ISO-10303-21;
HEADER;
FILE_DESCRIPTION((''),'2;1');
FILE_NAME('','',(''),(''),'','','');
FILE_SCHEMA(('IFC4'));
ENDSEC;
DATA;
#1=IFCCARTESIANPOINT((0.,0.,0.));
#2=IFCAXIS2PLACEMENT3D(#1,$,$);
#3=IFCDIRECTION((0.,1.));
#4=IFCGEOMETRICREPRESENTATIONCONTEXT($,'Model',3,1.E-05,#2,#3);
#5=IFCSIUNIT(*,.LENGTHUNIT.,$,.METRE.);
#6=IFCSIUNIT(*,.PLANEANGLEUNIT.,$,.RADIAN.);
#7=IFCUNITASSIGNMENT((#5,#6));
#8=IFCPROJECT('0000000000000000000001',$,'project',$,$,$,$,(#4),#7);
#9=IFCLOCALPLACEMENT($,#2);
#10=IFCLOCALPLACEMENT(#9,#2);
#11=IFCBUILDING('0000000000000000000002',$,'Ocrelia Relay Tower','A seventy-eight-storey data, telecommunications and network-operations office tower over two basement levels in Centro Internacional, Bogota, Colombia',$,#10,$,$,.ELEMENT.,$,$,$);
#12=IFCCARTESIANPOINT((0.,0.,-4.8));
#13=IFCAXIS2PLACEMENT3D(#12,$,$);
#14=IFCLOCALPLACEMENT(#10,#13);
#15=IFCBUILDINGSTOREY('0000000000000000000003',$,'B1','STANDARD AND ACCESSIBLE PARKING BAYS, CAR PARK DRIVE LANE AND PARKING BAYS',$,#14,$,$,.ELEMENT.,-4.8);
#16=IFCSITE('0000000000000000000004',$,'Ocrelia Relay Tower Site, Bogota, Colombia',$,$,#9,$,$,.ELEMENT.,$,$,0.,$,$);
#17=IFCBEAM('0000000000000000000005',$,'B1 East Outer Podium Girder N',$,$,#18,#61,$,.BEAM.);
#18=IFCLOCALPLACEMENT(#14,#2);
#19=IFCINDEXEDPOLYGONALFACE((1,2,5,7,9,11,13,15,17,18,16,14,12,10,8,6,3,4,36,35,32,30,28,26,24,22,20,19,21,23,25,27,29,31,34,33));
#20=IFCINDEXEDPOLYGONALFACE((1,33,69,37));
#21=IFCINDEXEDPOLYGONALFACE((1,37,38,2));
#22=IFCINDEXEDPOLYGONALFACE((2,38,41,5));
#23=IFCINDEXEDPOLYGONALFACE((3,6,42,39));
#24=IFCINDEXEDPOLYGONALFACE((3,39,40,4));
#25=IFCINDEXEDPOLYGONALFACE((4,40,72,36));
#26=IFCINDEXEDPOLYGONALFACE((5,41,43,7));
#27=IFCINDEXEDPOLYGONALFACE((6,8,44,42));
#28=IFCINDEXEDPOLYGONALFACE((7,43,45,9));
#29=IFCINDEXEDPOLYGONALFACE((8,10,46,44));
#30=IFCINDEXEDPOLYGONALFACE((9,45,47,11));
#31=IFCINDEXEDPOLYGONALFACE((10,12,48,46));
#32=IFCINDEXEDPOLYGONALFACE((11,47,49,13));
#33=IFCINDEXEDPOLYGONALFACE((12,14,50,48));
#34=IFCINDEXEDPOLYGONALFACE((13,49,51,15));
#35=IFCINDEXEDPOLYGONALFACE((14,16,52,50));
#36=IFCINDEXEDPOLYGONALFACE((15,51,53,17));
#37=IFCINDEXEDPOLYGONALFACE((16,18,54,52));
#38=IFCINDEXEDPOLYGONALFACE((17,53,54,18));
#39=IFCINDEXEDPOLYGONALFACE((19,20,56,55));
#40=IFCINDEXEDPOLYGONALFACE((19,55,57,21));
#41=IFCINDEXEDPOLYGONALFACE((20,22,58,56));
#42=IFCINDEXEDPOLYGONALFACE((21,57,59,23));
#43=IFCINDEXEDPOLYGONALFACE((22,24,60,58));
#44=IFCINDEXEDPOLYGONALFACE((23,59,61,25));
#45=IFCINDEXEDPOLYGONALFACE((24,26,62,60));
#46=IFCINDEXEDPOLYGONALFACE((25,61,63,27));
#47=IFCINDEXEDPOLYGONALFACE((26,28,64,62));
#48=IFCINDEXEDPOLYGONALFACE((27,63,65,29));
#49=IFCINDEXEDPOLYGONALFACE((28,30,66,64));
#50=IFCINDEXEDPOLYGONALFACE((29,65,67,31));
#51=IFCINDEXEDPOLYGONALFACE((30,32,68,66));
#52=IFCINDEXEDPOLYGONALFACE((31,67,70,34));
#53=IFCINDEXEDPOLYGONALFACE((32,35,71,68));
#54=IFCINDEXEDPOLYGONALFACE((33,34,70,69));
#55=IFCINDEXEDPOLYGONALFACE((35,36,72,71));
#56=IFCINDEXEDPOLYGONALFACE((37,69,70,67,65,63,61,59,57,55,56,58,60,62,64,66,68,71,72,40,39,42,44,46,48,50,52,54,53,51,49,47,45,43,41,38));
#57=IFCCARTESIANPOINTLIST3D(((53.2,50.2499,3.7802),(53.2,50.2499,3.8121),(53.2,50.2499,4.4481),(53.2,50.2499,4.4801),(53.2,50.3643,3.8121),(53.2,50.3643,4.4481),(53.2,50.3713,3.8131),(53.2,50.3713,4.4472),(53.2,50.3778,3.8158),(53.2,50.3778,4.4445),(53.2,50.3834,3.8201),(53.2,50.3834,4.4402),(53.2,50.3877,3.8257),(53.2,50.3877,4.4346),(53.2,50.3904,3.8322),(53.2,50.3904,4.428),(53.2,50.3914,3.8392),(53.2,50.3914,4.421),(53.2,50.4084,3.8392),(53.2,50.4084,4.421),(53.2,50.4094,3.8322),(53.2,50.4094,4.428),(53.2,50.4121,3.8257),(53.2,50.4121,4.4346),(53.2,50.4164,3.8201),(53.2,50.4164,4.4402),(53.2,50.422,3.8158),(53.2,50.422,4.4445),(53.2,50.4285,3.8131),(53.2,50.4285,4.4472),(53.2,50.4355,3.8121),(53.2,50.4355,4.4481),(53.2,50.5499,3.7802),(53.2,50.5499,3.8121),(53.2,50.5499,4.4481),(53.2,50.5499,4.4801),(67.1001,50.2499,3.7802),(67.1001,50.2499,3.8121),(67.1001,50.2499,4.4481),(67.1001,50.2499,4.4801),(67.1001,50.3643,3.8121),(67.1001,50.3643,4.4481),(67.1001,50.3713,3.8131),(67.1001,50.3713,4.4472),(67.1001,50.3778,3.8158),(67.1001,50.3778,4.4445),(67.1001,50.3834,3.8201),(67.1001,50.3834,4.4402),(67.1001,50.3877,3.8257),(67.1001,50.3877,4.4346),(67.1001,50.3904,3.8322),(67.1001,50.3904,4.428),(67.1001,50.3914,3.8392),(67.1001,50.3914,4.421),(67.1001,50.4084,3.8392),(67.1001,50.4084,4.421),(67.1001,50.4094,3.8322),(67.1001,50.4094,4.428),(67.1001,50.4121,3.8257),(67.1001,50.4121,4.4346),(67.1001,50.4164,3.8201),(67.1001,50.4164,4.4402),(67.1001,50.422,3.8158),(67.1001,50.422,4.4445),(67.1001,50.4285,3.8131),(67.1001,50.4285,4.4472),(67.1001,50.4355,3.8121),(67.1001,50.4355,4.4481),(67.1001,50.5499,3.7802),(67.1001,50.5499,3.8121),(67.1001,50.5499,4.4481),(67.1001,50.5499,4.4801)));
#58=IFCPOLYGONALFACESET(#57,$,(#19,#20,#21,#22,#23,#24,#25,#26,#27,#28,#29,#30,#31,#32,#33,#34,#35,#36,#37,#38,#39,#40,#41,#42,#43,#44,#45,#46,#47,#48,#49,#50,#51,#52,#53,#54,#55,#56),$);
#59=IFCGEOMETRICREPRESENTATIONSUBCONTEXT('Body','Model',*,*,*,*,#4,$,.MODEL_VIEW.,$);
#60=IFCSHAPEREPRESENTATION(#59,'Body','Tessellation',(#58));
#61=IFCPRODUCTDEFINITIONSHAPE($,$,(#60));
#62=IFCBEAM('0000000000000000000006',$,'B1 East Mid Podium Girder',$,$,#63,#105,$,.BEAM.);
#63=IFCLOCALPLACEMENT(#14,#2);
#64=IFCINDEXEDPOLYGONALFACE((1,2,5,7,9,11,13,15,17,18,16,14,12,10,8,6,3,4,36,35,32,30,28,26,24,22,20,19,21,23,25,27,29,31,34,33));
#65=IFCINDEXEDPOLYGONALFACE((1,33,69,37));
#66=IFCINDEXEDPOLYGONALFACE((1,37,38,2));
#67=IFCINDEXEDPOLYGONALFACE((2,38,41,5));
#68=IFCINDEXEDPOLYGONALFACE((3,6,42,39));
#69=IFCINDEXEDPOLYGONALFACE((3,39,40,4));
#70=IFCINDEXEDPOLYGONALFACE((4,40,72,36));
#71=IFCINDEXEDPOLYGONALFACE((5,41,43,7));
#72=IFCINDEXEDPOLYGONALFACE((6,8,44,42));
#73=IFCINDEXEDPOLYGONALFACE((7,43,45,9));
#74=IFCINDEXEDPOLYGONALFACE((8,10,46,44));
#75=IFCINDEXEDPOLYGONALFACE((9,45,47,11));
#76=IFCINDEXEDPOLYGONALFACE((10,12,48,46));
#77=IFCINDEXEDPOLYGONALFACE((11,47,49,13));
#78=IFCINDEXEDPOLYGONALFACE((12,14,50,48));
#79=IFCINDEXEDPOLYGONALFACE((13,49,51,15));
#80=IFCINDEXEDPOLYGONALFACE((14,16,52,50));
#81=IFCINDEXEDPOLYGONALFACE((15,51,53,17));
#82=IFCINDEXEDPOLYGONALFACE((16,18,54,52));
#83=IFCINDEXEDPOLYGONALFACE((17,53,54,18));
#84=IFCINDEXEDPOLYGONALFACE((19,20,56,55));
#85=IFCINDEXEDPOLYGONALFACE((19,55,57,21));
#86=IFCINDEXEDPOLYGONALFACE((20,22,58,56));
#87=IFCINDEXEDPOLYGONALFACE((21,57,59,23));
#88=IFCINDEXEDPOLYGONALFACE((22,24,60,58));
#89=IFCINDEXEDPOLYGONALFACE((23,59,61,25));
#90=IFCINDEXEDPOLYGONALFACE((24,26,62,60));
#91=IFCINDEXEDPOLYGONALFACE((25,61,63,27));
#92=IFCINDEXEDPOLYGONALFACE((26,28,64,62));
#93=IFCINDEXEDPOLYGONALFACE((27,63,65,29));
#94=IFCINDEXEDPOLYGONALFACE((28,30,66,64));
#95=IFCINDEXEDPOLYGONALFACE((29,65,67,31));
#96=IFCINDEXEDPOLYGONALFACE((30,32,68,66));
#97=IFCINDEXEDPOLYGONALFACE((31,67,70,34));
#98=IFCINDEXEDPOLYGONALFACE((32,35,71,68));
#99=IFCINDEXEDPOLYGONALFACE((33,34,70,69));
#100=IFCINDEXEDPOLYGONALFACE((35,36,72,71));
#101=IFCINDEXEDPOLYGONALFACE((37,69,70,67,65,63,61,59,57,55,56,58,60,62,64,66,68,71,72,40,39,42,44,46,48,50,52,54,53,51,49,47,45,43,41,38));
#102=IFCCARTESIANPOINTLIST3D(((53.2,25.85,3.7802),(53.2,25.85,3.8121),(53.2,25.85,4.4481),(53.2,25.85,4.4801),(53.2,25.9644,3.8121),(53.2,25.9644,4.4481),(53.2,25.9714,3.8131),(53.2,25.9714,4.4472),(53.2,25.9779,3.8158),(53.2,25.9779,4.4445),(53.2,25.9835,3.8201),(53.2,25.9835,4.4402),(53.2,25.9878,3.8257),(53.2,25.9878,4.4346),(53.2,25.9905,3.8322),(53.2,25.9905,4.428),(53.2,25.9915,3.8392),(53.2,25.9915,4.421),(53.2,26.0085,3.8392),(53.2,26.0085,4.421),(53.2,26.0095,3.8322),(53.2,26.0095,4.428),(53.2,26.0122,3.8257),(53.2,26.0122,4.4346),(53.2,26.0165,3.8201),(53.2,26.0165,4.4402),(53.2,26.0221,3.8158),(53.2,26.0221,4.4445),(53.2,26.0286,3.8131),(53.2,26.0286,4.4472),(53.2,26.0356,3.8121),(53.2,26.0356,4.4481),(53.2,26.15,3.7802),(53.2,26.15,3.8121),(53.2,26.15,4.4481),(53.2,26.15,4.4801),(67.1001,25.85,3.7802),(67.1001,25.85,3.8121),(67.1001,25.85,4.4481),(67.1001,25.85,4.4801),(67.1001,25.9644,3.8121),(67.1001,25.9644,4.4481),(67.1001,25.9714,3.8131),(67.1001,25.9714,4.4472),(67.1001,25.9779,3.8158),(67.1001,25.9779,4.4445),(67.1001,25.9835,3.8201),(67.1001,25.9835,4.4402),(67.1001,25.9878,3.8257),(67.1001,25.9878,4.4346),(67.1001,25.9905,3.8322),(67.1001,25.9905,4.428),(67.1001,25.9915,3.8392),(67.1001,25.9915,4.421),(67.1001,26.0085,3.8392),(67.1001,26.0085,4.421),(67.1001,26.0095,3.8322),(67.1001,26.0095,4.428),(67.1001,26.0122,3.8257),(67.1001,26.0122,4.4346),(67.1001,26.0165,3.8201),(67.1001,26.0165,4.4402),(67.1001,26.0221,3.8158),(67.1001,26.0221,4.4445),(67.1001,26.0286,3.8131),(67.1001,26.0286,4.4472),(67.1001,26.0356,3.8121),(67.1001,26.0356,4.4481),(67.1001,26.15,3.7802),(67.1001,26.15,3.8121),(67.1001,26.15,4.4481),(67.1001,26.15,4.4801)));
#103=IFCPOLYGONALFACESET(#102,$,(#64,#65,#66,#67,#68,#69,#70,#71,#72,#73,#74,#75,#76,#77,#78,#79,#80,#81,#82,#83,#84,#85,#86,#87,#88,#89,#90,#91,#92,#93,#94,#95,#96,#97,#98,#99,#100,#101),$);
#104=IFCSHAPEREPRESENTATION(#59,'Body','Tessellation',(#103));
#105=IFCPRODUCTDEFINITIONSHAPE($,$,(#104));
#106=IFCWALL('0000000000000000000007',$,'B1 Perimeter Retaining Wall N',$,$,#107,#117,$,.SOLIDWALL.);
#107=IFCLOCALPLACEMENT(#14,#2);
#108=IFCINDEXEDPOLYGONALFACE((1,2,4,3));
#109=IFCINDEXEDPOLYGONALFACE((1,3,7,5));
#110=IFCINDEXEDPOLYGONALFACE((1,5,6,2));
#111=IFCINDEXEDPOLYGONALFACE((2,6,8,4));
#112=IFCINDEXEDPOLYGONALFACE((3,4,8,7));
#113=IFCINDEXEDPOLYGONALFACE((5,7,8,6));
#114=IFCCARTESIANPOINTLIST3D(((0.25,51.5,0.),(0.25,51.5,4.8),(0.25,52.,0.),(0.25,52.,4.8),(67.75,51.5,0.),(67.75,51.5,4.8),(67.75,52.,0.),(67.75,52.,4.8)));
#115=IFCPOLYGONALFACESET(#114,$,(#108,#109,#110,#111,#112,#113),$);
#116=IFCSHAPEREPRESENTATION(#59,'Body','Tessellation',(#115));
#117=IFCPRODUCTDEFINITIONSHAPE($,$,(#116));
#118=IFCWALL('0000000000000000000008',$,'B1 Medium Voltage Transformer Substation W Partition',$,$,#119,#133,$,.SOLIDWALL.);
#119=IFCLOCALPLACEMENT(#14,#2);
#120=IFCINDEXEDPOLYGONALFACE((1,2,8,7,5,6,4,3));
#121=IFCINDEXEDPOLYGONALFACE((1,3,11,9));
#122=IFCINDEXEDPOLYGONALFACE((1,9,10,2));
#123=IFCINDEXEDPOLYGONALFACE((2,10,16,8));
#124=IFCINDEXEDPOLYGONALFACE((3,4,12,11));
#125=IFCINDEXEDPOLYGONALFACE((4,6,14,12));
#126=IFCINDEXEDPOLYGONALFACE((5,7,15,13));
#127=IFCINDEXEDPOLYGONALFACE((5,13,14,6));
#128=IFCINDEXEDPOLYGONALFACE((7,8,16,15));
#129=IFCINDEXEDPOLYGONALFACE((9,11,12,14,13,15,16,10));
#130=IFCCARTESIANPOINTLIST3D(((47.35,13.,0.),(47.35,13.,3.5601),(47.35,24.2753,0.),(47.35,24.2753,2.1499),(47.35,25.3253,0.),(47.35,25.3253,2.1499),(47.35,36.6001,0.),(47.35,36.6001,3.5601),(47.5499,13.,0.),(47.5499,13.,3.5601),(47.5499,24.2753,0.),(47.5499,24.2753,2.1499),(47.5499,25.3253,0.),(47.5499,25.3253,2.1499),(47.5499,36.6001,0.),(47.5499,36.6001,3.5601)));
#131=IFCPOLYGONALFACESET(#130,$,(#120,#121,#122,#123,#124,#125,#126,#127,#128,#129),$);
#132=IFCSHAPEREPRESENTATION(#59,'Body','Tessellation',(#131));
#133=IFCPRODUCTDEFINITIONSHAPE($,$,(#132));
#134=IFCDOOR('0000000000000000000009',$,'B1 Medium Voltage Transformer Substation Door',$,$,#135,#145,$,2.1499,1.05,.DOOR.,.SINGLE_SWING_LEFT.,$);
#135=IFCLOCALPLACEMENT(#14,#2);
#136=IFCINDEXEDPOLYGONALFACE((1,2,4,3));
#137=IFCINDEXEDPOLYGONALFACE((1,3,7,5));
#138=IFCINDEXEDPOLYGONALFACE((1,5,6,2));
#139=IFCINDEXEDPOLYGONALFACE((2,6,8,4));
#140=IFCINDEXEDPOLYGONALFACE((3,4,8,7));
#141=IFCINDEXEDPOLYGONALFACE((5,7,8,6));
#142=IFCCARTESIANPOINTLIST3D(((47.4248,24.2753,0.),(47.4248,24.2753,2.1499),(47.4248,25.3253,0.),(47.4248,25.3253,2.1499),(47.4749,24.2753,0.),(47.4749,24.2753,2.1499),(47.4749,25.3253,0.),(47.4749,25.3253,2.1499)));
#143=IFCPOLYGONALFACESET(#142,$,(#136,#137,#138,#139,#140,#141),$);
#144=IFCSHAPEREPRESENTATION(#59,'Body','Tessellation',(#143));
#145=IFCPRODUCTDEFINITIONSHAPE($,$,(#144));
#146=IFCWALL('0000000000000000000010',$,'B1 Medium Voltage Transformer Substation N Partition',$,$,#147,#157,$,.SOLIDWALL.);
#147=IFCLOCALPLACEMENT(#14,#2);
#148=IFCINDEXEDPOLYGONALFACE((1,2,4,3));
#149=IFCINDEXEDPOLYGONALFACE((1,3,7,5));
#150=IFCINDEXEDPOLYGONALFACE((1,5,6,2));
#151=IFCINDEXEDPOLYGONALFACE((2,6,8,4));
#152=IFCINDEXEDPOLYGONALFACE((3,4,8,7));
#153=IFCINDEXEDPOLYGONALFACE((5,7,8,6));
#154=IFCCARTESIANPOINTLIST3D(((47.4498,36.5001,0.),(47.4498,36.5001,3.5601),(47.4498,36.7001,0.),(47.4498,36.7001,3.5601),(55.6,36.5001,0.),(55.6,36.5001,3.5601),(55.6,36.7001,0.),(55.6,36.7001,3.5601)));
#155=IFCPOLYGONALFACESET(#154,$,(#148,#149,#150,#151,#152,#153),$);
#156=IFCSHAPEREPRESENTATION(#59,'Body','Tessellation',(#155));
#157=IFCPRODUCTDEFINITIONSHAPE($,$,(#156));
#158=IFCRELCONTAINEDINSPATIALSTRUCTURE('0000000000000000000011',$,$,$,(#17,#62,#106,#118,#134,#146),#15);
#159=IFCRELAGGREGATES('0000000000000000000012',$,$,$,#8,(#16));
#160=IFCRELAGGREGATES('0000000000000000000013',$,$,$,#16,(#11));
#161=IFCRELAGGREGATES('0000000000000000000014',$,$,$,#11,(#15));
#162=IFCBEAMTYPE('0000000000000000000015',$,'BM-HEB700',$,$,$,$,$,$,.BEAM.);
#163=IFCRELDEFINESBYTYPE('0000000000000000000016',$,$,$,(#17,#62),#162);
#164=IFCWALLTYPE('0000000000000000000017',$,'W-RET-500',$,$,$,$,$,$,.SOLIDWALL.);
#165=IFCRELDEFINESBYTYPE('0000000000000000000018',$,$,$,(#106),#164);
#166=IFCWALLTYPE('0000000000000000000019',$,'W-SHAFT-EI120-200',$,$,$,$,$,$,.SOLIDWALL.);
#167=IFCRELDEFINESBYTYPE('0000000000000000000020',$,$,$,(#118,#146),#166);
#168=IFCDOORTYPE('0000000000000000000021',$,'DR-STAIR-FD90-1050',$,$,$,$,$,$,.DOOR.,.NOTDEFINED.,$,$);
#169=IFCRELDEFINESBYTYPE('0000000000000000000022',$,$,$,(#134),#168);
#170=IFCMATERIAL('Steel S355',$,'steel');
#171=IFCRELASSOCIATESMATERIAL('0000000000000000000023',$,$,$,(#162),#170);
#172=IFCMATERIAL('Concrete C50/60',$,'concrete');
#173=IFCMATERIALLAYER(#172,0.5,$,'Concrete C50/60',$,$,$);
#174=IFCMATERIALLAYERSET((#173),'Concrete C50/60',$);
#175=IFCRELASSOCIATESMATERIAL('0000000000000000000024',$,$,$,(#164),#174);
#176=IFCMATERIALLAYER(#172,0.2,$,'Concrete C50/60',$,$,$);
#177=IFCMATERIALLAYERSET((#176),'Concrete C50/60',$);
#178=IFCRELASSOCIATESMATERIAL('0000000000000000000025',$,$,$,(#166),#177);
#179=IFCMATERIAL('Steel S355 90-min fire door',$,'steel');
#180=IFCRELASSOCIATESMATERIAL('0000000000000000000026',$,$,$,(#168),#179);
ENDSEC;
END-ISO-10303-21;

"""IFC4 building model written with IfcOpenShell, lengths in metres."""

from ifc_helpers import new_model, si_unit, direction, frame, frame_2d, origin, origin_2d, place, context, subcontext, project, spatial, rectangle, i_section, extrude, material, layer, layer_set, material_profile, profile_set, type_object, element, fill, save


model = new_model("IFC4")

# Units and contexts
model_context = context("Model", 3, precision=1e-05, world=origin(), true_north=direction((0.0, 1.0)))
body_context = subcontext(model_context, "Body", "Model", "MODEL_VIEW")
ifc_project = project(units=[si_unit("LENGTHUNIT", "METRE"), si_unit("PLANEANGLEUNIT", "RADIAN")], contexts=[model_context])

# Site, building, storey
site_placement = place(None, origin())
site = spatial("IfcSite", under=ifc_project, at=site_placement, Name="Ocrelia Relay Tower Site, Bogota, Colombia", CompositionType="ELEMENT", RefElevation=0.0)
building_placement = place(site_placement, origin())
building = spatial("IfcBuilding", under=site, at=building_placement, Name="Ocrelia Relay Tower", Description="A seventy-eight-storey data, telecommunications and network-operations office tower over two basement levels in Centro Internacional, Bogota, Colombia", CompositionType="ELEMENT")
storey_placement = place(building_placement, frame((0.0, 0.0, -4.8)))
storey = spatial("IfcBuildingStorey", under=building, at=storey_placement, Name="B1", Description="STANDARD AND ACCESSIBLE PARKING BAYS, CAR PARK DRIVE LANE AND PARKING BAYS", CompositionType="ELEMENT", Elevation=-4.8)

# Shared definitions
ifc_material_1 = material(Name="Concrete C50/60", Category="concrete")

# Beams
ifc_material_2 = material(Name="Steel S355", Category="steel")
ifc_material_profile_1 = material_profile(ifc_material_2, i_section(OverallWidth=0.3, OverallDepth=0.7, WebThickness=0.0171, FlangeThickness=0.032, FilletRadius=0.0271, at=origin_2d()), Name="HEB 700")
ifc_profile_set_1 = profile_set([ifc_material_profile_1], Name="Steel S355")
beam_type_1 = type_object("IfcBeamType", Name="BM-HEB700", PredefinedType="BEAM", material=ifc_profile_set_1)
for number, where, z_axis, x_axis, name in (
    (1, (53.2, 50.3999, 4.1301), (1.0, 0.0, 0.0), (0.0, 1.0, 0.0), "B1 East Outer Podium Girder N"),
    (2, (53.2, 26.0, 4.1301), (1.0, 0.0, 0.0), (0.0, 1.0, 0.0), "B1 East Mid Podium Girder"),
):
    element("IfcBeam", number, at=place(storey_placement, frame(where, z_axis=z_axis, x_axis=x_axis)), inside=storey, type_object=beam_type_1, Name=name, PredefinedType="BEAM", context=body_context, shape_type="SweptSolid", body=[
        extrude(i_section(OverallWidth=0.3, OverallDepth=0.7, WebThickness=0.0171, FlangeThickness=0.032, FilletRadius=0.0271, at=origin_2d()), origin(), (0.0, 0.0, 1.0), 13.9001),
    ])

# Wall
ifc_layer_1 = layer(ifc_material_1, 0.5, Name="Concrete C50/60")
ifc_layer_set_1 = layer_set([ifc_layer_1], Name="Concrete C50/60")
wall_type_1 = type_object("IfcWallType", Name="W-RET-500", PredefinedType="SOLIDWALL", material=ifc_layer_set_1)
wall_1_placement = place(storey_placement, frame((67.75, 51.75, 0.0), z_axis=(0.0, 0.0, 1.0), x_axis=(-1.0, 0.0, 0.0)))
element("IfcWall", 3, at=wall_1_placement, inside=storey, type_object=wall_type_1, Name="B1 Perimeter Retaining Wall N", PredefinedType="SOLIDWALL", context=body_context, shape_type="SweptSolid", body=[
    extrude(rectangle(XDim=67.5, YDim=0.5, at=frame_2d((33.75, 0.0))), origin(), (0.0, 0.0, 1.0), 4.8),
])

# Wall, opening, door
ifc_layer_2 = layer(ifc_material_1, 0.2, Name="Concrete C50/60")
ifc_layer_set_2 = layer_set([ifc_layer_2], Name="Concrete C50/60")
wall_type_2 = type_object("IfcWallType", Name="W-SHAFT-EI120-200", PredefinedType="SOLIDWALL", material=ifc_layer_set_2)
wall_2_placement = place(storey_placement, frame((47.45, 36.6001, 0.0), z_axis=(0.0, 0.0, 1.0), x_axis=(0.0, -1.0, 0.0)))
wall_2 = element("IfcWall", 4, at=wall_2_placement, inside=storey, type_object=wall_type_2, Name="B1 Medium Voltage Transformer Substation W Partition", PredefinedType="SOLIDWALL", context=body_context, shape_type="SweptSolid", body=[
    extrude(rectangle(XDim=23.6001, YDim=0.2, at=frame_2d((11.8, 0.0))), origin(), (0.0, 0.0, 1.0), 3.5601),
])
opening_placement = place(wall_2_placement, frame((11.2749, 0.0, 0.0)))
opening = element("IfcOpeningElement", 5, at=opening_placement, cuts=wall_2, PredefinedType="OPENING", context=body_context, shape_type="SweptSolid", body=[
    extrude(rectangle(XDim=1.05, YDim=2.1499, at=frame_2d((0.5249, 1.075))), frame((0.0, 0.1099, 0.0), z_axis=(0.0, -1.0, 0.0), x_axis=(1.0, 0.0, 0.0)), (0.0, 0.0, 1.0), 0.22),
])
ifc_material_3 = material(Name="Steel S355 90-min fire door", Category="steel")
door_type = type_object("IfcDoorType", Name="DR-STAIR-FD90-1050", OperationType="NOTDEFINED", PredefinedType="DOOR", material=ifc_material_3)
door_placement = place(opening_placement, origin())
door = element("IfcDoor", 6, at=door_placement, inside=storey, type_object=door_type, Name="B1 Medium Voltage Transformer Substation Door", OperationType="SINGLE_SWING_LEFT", OverallHeight=2.1499, OverallWidth=1.05, PredefinedType="DOOR", context=body_context, shape_type="SweptSolid", body=[
    extrude(rectangle(XDim=1.05, YDim=2.1499, at=frame_2d((0.5249, 1.075))), frame((0.0, 0.0249, 0.0), z_axis=(0.0, -1.0, 0.0), x_axis=(1.0, 0.0, 0.0)), (0.0, 0.0, 1.0), 0.05),
])
fill(opening, door)

# Wall
wall_3_placement = place(storey_placement, frame((55.6001, 36.6001, 0.0), z_axis=(0.0, 0.0, 1.0), x_axis=(-1.0, 0.0, 0.0)))
element("IfcWall", 7, at=wall_3_placement, inside=storey, type_object=wall_type_2, Name="B1 Medium Voltage Transformer Substation N Partition", PredefinedType="SOLIDWALL", context=body_context, shape_type="SweptSolid", body=[
    extrude(rectangle(XDim=8.1501, YDim=0.2, at=frame_2d((4.0752, 0.0))), origin(), (0.0, 0.0, 1.0), 3.5601),
])

save(model, "model.ifc")
